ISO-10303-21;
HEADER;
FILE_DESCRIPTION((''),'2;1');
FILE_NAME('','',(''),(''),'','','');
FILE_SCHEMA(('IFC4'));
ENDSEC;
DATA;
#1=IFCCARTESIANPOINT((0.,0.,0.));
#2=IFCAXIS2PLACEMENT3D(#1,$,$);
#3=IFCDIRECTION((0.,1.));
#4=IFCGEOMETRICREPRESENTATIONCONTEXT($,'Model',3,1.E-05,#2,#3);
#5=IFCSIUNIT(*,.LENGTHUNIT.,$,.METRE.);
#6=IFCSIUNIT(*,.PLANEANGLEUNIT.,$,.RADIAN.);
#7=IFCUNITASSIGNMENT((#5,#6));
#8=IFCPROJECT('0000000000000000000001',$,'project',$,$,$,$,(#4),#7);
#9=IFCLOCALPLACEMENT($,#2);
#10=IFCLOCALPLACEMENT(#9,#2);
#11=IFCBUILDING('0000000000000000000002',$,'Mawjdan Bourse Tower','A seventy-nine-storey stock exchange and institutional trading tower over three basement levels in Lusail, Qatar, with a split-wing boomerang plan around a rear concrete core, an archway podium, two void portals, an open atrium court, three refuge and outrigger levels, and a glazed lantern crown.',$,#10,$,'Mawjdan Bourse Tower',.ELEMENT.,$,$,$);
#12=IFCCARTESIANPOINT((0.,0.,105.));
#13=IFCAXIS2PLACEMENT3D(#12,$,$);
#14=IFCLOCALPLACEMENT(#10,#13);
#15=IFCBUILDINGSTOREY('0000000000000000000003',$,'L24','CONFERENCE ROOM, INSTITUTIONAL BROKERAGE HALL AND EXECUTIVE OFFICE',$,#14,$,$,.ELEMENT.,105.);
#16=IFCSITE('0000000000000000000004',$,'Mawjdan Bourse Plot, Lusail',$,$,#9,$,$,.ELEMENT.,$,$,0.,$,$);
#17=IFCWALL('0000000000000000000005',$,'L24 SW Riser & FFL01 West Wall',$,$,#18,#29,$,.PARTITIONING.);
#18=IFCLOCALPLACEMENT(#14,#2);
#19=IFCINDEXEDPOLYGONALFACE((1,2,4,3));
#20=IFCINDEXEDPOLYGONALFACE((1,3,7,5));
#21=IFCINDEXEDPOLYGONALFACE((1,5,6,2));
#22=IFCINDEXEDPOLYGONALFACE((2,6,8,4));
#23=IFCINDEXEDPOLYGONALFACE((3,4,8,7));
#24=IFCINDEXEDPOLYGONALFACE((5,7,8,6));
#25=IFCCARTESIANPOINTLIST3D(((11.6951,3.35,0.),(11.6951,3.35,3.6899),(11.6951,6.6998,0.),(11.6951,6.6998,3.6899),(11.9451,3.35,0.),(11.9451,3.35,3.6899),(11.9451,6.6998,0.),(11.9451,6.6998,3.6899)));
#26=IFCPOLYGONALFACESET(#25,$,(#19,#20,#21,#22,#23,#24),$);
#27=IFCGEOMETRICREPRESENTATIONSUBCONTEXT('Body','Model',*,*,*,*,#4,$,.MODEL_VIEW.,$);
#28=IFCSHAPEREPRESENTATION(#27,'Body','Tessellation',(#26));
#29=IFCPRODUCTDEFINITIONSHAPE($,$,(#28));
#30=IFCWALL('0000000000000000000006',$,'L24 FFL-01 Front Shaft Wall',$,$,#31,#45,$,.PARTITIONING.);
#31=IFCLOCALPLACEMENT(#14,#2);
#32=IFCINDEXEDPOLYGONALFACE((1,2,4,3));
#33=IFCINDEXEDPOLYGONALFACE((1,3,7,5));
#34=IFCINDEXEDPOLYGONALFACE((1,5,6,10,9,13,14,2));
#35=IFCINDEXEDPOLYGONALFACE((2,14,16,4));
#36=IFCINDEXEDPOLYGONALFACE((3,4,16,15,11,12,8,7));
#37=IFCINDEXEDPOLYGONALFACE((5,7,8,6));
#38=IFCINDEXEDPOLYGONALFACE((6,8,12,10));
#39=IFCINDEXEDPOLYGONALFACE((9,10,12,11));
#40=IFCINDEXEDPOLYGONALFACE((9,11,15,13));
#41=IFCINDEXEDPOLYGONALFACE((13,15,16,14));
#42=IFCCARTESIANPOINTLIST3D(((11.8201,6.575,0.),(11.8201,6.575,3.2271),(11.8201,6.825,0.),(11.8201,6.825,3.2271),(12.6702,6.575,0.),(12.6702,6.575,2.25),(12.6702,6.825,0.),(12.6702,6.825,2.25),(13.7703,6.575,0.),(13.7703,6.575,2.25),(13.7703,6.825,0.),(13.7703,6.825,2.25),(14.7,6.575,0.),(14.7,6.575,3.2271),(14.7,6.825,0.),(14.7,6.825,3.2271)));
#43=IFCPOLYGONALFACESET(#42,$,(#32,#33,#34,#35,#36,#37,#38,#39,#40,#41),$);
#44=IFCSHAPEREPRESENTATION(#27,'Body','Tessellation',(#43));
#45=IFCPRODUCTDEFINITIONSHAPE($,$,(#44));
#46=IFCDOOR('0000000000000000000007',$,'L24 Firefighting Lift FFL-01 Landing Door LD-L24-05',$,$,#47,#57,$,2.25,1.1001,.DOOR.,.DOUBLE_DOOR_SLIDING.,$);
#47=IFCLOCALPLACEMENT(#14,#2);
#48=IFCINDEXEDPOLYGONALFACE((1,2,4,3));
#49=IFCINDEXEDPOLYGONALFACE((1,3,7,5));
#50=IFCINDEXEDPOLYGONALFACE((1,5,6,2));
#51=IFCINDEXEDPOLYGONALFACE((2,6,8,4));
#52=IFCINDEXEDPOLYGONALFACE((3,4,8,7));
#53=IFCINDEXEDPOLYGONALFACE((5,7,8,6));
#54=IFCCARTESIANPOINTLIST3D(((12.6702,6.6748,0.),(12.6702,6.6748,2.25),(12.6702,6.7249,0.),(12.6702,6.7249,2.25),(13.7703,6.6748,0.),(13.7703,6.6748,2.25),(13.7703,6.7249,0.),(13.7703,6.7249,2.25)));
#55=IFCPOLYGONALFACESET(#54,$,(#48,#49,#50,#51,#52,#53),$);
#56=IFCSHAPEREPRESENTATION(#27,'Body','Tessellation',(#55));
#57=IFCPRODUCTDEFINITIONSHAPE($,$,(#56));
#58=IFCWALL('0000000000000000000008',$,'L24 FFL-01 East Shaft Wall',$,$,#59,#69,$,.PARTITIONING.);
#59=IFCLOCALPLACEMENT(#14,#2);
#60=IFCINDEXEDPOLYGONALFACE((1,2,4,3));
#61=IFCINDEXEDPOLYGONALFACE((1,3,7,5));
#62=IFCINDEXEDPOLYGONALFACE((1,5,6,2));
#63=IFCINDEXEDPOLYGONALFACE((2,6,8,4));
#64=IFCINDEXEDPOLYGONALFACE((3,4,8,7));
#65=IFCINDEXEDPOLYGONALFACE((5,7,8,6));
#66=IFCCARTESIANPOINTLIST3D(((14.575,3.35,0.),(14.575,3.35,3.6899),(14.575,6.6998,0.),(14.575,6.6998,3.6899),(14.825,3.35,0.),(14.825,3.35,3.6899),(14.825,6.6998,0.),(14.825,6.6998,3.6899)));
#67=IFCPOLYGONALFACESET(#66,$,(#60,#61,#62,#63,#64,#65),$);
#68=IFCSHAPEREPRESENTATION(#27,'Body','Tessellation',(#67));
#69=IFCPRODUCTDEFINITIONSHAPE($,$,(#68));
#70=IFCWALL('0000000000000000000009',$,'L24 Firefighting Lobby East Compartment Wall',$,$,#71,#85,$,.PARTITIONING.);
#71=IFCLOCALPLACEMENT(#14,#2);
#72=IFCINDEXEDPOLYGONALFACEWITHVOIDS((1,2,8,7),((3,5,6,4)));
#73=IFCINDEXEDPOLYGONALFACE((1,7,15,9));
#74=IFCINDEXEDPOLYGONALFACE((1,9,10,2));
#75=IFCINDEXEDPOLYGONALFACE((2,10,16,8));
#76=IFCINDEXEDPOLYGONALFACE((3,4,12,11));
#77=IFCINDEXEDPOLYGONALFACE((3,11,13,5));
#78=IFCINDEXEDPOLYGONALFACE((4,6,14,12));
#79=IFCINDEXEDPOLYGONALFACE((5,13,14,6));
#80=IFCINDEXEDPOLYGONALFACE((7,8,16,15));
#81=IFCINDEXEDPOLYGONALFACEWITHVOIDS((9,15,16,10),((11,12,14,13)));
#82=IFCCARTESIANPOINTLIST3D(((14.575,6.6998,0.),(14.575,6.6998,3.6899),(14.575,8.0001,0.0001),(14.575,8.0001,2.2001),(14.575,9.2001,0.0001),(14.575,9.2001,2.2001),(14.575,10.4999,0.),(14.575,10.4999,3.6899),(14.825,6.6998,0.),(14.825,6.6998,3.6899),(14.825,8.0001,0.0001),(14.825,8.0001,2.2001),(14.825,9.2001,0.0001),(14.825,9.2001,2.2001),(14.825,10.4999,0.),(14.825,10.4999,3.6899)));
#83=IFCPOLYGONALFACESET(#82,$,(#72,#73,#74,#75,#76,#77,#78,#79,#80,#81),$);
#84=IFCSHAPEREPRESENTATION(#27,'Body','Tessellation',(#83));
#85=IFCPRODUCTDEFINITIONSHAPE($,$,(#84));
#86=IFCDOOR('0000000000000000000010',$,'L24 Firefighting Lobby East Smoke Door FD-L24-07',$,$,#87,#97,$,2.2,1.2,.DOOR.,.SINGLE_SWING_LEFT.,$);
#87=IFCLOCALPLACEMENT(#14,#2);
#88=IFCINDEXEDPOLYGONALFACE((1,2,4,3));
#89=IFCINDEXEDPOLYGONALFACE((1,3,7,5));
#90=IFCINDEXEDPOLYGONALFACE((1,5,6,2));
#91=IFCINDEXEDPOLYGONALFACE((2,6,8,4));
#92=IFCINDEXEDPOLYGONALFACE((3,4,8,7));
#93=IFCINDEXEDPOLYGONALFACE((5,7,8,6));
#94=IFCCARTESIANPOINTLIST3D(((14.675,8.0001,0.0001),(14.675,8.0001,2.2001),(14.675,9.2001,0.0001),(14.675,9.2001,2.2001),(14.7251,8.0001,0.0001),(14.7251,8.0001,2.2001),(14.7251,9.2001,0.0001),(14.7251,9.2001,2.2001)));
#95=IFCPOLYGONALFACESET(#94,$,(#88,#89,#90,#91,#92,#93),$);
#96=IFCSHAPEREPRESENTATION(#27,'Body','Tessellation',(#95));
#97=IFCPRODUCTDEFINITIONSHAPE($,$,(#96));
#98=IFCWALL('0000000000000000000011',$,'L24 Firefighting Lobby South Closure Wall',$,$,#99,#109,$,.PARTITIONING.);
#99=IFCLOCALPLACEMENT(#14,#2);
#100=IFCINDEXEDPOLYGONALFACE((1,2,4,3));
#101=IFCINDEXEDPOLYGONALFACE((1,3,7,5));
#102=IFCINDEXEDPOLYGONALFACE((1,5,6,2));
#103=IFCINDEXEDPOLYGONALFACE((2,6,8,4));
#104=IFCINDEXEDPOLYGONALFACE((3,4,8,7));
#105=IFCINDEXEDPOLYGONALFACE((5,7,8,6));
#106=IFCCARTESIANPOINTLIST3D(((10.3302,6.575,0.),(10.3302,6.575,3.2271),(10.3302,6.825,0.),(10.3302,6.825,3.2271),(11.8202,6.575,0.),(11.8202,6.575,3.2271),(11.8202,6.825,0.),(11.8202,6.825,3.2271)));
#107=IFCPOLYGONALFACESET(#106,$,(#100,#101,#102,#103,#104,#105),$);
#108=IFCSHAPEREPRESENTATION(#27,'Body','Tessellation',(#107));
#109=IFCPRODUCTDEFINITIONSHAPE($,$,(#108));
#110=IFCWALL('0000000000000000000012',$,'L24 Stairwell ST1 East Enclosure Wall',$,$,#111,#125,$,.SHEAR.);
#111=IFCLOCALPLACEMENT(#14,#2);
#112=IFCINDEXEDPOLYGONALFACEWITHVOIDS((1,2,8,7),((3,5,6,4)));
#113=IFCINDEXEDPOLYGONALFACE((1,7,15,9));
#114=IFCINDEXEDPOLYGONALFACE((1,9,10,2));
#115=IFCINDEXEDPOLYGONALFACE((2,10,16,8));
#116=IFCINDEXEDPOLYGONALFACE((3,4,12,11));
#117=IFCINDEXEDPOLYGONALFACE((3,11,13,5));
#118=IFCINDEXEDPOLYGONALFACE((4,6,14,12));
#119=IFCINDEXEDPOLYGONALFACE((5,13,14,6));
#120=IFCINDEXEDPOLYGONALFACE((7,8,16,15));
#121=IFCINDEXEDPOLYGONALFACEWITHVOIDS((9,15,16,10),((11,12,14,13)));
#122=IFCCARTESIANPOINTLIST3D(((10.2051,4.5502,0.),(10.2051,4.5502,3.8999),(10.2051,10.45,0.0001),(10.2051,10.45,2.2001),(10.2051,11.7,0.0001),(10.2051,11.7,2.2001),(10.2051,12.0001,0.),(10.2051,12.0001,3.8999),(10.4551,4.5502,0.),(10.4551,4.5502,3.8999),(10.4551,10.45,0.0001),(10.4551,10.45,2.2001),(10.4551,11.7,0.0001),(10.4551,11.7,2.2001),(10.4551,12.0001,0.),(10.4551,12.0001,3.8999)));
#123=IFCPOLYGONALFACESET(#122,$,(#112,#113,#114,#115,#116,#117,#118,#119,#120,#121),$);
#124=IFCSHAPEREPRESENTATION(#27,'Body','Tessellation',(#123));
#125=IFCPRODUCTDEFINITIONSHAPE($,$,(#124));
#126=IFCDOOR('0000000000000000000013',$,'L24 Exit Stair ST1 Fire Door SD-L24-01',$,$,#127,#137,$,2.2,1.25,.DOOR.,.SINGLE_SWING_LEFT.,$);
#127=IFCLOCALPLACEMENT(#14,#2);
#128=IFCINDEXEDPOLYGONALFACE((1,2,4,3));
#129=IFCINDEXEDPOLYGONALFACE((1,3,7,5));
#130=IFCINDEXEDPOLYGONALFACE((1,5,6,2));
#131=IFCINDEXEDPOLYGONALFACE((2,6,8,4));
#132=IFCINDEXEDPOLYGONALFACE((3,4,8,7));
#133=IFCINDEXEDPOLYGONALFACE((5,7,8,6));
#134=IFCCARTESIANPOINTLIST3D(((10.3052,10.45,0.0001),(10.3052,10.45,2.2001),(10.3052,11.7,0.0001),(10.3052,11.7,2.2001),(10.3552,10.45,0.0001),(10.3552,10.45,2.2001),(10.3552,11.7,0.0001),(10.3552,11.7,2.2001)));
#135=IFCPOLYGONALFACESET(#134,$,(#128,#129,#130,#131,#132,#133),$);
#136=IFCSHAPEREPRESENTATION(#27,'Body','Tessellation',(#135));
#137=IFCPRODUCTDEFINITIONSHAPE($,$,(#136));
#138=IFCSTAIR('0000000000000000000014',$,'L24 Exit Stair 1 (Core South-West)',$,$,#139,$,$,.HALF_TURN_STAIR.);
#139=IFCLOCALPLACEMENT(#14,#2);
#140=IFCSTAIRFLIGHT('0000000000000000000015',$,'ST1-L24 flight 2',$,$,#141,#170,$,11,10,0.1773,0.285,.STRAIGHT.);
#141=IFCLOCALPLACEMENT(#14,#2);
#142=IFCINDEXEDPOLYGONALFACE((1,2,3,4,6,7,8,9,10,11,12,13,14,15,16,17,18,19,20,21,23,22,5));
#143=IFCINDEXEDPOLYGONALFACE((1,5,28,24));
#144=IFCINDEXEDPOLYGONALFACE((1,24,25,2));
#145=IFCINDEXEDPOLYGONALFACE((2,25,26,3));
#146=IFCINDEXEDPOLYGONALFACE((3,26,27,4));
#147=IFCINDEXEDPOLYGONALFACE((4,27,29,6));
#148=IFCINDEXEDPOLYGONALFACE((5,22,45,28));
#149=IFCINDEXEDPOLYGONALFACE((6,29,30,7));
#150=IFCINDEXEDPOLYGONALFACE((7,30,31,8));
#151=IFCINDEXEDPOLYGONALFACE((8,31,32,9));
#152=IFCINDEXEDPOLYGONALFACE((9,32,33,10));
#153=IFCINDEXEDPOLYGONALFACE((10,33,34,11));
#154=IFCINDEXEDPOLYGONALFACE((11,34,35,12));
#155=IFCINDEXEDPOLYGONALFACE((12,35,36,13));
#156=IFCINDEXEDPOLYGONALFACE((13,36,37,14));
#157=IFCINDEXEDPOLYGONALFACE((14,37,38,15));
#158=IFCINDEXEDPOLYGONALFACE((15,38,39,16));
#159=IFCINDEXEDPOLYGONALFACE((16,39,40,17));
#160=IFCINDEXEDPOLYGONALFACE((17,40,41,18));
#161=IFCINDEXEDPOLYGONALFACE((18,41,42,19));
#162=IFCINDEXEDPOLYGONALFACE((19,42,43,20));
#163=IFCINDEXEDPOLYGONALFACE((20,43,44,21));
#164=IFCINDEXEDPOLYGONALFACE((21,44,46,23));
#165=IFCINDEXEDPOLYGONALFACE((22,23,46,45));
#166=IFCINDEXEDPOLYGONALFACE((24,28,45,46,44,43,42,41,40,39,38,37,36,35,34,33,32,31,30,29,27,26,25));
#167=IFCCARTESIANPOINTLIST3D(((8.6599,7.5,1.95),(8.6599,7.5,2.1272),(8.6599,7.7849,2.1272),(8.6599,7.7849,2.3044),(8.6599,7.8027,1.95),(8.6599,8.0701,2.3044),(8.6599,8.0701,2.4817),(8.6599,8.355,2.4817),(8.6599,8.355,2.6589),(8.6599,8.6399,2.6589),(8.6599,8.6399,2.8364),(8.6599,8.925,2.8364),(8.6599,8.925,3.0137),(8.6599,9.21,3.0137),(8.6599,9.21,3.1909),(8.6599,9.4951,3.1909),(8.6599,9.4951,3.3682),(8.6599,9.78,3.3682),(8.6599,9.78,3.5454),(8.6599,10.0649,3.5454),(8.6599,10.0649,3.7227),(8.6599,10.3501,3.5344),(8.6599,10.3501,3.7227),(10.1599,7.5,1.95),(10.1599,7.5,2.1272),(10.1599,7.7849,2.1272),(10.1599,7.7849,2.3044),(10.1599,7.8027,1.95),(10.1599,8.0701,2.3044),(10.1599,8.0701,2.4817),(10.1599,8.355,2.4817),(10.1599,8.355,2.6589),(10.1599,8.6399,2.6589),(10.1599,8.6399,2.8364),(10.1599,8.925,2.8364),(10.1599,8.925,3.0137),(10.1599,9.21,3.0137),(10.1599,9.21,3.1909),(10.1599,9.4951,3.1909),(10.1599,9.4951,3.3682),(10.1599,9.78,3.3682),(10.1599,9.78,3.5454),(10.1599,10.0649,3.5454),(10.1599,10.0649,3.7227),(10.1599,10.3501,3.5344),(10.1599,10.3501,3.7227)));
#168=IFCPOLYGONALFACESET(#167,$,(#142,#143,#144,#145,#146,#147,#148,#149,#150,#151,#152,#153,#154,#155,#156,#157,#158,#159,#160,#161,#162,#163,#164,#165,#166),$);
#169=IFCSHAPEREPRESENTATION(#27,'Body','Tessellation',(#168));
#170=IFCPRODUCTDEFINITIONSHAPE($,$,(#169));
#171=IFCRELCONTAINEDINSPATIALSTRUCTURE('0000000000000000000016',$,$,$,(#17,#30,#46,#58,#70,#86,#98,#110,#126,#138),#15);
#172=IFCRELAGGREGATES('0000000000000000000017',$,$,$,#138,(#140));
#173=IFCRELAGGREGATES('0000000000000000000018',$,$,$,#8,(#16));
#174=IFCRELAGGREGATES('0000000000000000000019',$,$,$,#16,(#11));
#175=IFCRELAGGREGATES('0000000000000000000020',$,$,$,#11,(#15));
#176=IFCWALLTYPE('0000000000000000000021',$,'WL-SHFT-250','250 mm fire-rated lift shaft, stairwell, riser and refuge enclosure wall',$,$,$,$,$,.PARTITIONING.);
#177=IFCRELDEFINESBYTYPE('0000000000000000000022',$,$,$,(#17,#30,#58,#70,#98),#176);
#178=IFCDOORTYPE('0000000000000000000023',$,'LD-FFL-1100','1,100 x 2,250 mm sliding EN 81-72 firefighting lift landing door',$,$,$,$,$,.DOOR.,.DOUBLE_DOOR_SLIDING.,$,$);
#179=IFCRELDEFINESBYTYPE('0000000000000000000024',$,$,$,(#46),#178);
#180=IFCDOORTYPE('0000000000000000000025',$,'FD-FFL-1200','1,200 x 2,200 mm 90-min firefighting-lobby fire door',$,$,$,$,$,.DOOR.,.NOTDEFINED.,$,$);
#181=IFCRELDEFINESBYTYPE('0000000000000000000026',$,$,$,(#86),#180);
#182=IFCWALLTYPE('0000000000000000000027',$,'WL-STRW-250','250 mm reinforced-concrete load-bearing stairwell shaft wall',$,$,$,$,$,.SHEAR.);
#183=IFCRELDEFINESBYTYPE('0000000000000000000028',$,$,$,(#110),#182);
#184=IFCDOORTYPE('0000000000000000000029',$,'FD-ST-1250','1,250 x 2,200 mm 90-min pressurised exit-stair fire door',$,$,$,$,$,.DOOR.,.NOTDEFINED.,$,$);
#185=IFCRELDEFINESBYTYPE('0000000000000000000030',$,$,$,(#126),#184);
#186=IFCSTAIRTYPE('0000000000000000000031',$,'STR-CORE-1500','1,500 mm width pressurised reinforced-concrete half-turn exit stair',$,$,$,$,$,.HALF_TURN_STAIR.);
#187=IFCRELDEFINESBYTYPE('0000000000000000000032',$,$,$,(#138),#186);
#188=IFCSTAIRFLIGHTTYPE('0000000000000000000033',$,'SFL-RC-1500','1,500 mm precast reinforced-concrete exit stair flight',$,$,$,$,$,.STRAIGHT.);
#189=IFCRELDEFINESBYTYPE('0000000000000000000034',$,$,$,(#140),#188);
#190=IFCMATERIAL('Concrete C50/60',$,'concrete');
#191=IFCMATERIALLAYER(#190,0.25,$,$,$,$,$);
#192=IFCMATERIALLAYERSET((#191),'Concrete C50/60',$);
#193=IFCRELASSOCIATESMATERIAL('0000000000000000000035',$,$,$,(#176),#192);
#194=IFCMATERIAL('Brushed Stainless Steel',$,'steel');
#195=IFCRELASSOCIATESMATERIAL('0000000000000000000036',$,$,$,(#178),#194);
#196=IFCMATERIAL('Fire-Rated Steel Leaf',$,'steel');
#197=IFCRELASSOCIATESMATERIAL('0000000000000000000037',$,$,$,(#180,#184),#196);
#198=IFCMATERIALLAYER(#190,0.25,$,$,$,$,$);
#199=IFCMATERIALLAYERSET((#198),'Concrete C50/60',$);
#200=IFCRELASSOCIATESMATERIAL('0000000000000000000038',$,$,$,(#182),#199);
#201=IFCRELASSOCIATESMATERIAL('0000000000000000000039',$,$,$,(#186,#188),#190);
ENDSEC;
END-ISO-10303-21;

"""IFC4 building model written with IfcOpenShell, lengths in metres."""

from ifc_helpers import new_model, si_unit, direction, frame, frame_2d, origin, place, context, subcontext, project, spatial, polyline, rectangle, outline, extrude, material, layer, layer_set, type_object, element, fill, aggregate, save


model = new_model("IFC4")

# Units and contexts
model_context = context("Model", 3, precision=1e-05, world=origin(), true_north=direction((0.0, 1.0)))
body_context = subcontext(model_context, "Body", "Model", "MODEL_VIEW")
ifc_project = project(units=[si_unit("LENGTHUNIT", "METRE"), si_unit("PLANEANGLEUNIT", "RADIAN")], contexts=[model_context])

# Site, building, storey
site_placement = place(None, origin())
site = spatial("IfcSite", under=ifc_project, at=site_placement, Name="Mawjdan Bourse Plot, Lusail", CompositionType="ELEMENT", RefElevation=0.0)
building_placement = place(site_placement, origin())
building = spatial("IfcBuilding", under=site, at=building_placement, Name="Mawjdan Bourse Tower", Description="A seventy-nine-storey stock exchange and institutional trading tower over three basement levels in Lusail, Qatar, with a split-wing boomerang plan around a rear concrete core, an archway podium, two void portals, an open atrium court, three refuge and outrigger levels, and a glazed lantern crown.", LongName="Mawjdan Bourse Tower", CompositionType="ELEMENT")
storey_placement = place(building_placement, frame((0.0, 0.0, 105.0)))
storey = spatial("IfcBuildingStorey", under=building, at=storey_placement, Name="L24", Description="CONFERENCE ROOM, INSTITUTIONAL BROKERAGE HALL AND EXECUTIVE OFFICE", CompositionType="ELEMENT", Elevation=105.0)

# Shared definitions
ifc_material_1 = material(Name="Concrete C50/60", Category="concrete")
ifc_layer_1 = layer(ifc_material_1, 0.25)
ifc_layer_set_1 = layer_set([ifc_layer_1], Name="Concrete C50/60")
wall_type_1 = type_object("IfcWallType", Name="WL-SHFT-250", Description="250 mm fire-rated lift shaft, stairwell, riser and refuge enclosure wall", PredefinedType="PARTITIONING", material=ifc_layer_set_1)

# Wall
wall_1_placement = place(storey_placement, frame((11.8201, 3.3501, 0.0), z_axis=(0.0, 0.0, 1.0), x_axis=(0.0, 1.0, 0.0)))
element("IfcWall", 1, at=wall_1_placement, inside=storey, type_object=wall_type_1, Name="L24 SW Riser & FFL01 West Wall", PredefinedType="PARTITIONING", context=body_context, shape_type="SweptSolid", body=[
    extrude(rectangle(XDim=3.3499, YDim=0.25, at=frame_2d((1.6748, 0.0))), origin(), (0.0, 0.0, 1.0), 3.6899),
])

# Wall, opening, door
wall_2_placement = place(storey_placement, frame((11.8201, 6.7, 0.0), z_axis=(0.0, 0.0, 1.0), x_axis=(1.0, 0.0, 0.0)))
wall_2 = element("IfcWall", 2, at=wall_2_placement, inside=storey, type_object=wall_type_1, Name="L24 FFL-01 Front Shaft Wall", PredefinedType="PARTITIONING", context=body_context, shape_type="SweptSolid", body=[
    extrude(rectangle(XDim=2.8799, YDim=0.25, at=frame_2d((1.4399, 0.0))), origin(), (0.0, 0.0, 1.0), 3.2271),
])
opening_1_placement = place(wall_2_placement, frame((0.8501, 0.0, 0.0)))
opening_1 = element("IfcOpeningElement", 3, at=opening_1_placement, cuts=wall_2, PredefinedType="OPENING", context=body_context, shape_type="SweptSolid", body=[
    extrude(rectangle(XDim=1.1001, YDim=2.25, at=frame_2d((0.55, 1.125))), frame((0.0, 0.135, 0.0), z_axis=(0.0, -1.0, 0.0), x_axis=(1.0, 0.0, 0.0)), (0.0, 0.0, 1.0), 0.27),
])
ifc_material_2 = material(Name="Brushed Stainless Steel", Category="steel")
door_type_1 = type_object("IfcDoorType", Name="LD-FFL-1100", Description="1,100 x 2,250 mm sliding EN 81-72 firefighting lift landing door", OperationType="DOUBLE_DOOR_SLIDING", PredefinedType="DOOR", material=ifc_material_2)
door_1_placement = place(opening_1_placement, origin())
door_1 = element("IfcDoor", 4, at=door_1_placement, inside=storey, type_object=door_type_1, Name="L24 Firefighting Lift FFL-01 Landing Door LD-L24-05", OperationType="DOUBLE_DOOR_SLIDING", OverallHeight=2.25, OverallWidth=1.1001, PredefinedType="DOOR", context=body_context, shape_type="SweptSolid", body=[
    extrude(rectangle(XDim=1.1001, YDim=2.25, at=frame_2d((0.55, 1.125))), frame((0.0, 0.0249, 0.0), z_axis=(0.0, -1.0, 0.0), x_axis=(1.0, 0.0, 0.0)), (0.0, 0.0, 1.0), 0.05),
])
fill(opening_1, door_1)

# Wall
wall_3_placement = place(storey_placement, frame((14.7, 3.3501, 0.0), z_axis=(0.0, 0.0, 1.0), x_axis=(0.0, 1.0, 0.0)))
element("IfcWall", 5, at=wall_3_placement, inside=storey, type_object=wall_type_1, Name="L24 FFL-01 East Shaft Wall", PredefinedType="PARTITIONING", context=body_context, shape_type="SweptSolid", body=[
    extrude(rectangle(XDim=3.3499, YDim=0.25, at=frame_2d((1.6748, 0.0))), origin(), (0.0, 0.0, 1.0), 3.6899),
])

# Wall, opening, door
wall_4_placement = place(storey_placement, frame((14.7, 6.7, 0.0), z_axis=(0.0, 0.0, 1.0), x_axis=(0.0, 1.0, 0.0)))
wall_4 = element("IfcWall", 6, at=wall_4_placement, inside=storey, type_object=wall_type_1, Name="L24 Firefighting Lobby East Compartment Wall", PredefinedType="PARTITIONING", context=body_context, shape_type="SweptSolid", body=[
    extrude(rectangle(XDim=3.8, YDim=0.25, at=frame_2d((1.8999, 0.0))), origin(), (0.0, 0.0, 1.0), 3.6899),
])
opening_2_placement = place(wall_4_placement, frame((1.3, 0.0, 0.0)))
opening_2 = element("IfcOpeningElement", 7, at=opening_2_placement, cuts=wall_4, PredefinedType="OPENING", context=body_context, shape_type="SweptSolid", body=[
    extrude(rectangle(XDim=1.2, YDim=2.2, at=frame_2d((0.6001, 1.1001))), frame((0.0, 0.135, 0.0), z_axis=(0.0, -1.0, 0.0), x_axis=(1.0, 0.0, 0.0)), (0.0, 0.0, 1.0), 0.27),
])
ifc_material_3 = material(Name="Fire-Rated Steel Leaf", Category="steel")
door_type_2 = type_object("IfcDoorType", Name="FD-FFL-1200", Description="1,200 x 2,200 mm 90-min firefighting-lobby fire door", OperationType="NOTDEFINED", PredefinedType="DOOR", material=ifc_material_3)
door_2_placement = place(opening_2_placement, origin())
door_2 = element("IfcDoor", 8, at=door_2_placement, inside=storey, type_object=door_type_2, Name="L24 Firefighting Lobby East Smoke Door FD-L24-07", OperationType="SINGLE_SWING_LEFT", OverallHeight=2.2, OverallWidth=1.2, PredefinedType="DOOR", context=body_context, shape_type="SweptSolid", body=[
    extrude(rectangle(XDim=1.2, YDim=2.2, at=frame_2d((0.6001, 1.1001))), frame((0.0, 0.0249, 0.0), z_axis=(0.0, -1.0, 0.0), x_axis=(1.0, 0.0, 0.0)), (0.0, 0.0, 1.0), 0.05),
])
fill(opening_2, door_2)

# Wall
wall_5_placement = place(storey_placement, frame((10.3301, 6.7, 0.0), z_axis=(0.0, 0.0, 1.0), x_axis=(1.0, 0.0, 0.0)))
element("IfcWall", 9, at=wall_5_placement, inside=storey, type_object=wall_type_1, Name="L24 Firefighting Lobby South Closure Wall", PredefinedType="PARTITIONING", context=body_context, shape_type="SweptSolid", body=[
    extrude(rectangle(XDim=1.49, YDim=0.25, at=frame_2d((0.7451, 0.0))), origin(), (0.0, 0.0, 1.0), 3.2271),
])

# Wall, opening, door
ifc_layer_2 = layer(ifc_material_1, 0.25)
ifc_layer_set_2 = layer_set([ifc_layer_2], Name="Concrete C50/60")
wall_type_2 = type_object("IfcWallType", Name="WL-STRW-250", Description="250 mm reinforced-concrete load-bearing stairwell shaft wall", PredefinedType="SHEAR", material=ifc_layer_set_2)
wall_6_placement = place(storey_placement, frame((10.3301, 4.55, 0.0), z_axis=(0.0, 0.0, 1.0), x_axis=(0.0, 1.0, 0.0)))
wall_6 = element("IfcWall", 10, at=wall_6_placement, inside=storey, type_object=wall_type_2, Name="L24 Stairwell ST1 East Enclosure Wall", PredefinedType="SHEAR", context=body_context, shape_type="SweptSolid", body=[
    extrude(rectangle(XDim=7.45, YDim=0.25, at=frame_2d((3.7251, 0.0))), origin(), (0.0, 0.0, 1.0), 3.8999),
])
opening_3_placement = place(wall_6_placement, frame((5.8999, 0.0, 0.0)))
opening_3 = element("IfcOpeningElement", 11, at=opening_3_placement, cuts=wall_6, PredefinedType="OPENING", context=body_context, shape_type="SweptSolid", body=[
    extrude(rectangle(XDim=1.25, YDim=2.2, at=frame_2d((0.625, 1.1001))), frame((0.0, 0.135, 0.0), z_axis=(0.0, -1.0, 0.0), x_axis=(1.0, 0.0, 0.0)), (0.0, 0.0, 1.0), 0.27),
])
door_type_3 = type_object("IfcDoorType", Name="FD-ST-1250", Description="1,250 x 2,200 mm 90-min pressurised exit-stair fire door", OperationType="NOTDEFINED", PredefinedType="DOOR", material=ifc_material_3)
door_3_placement = place(opening_3_placement, origin())
door_3 = element("IfcDoor", 12, at=door_3_placement, inside=storey, type_object=door_type_3, Name="L24 Exit Stair ST1 Fire Door SD-L24-01", OperationType="SINGLE_SWING_LEFT", OverallHeight=2.2, OverallWidth=1.25, PredefinedType="DOOR", context=body_context, shape_type="SweptSolid", body=[
    extrude(rectangle(XDim=1.25, YDim=2.2, at=frame_2d((0.625, 1.1001))), frame((0.0, 0.0249, 0.0), z_axis=(0.0, -1.0, 0.0), x_axis=(1.0, 0.0, 0.0)), (0.0, 0.0, 1.0), 0.05),
])
fill(opening_3, door_3)

# Stair, stair flight
stair_type = type_object("IfcStairType", Name="STR-CORE-1500", Description="1,500 mm width pressurised reinforced-concrete half-turn exit stair", PredefinedType="HALF_TURN_STAIR", material=ifc_material_1)
stair_placement = place(storey_placement, origin())
stair = element("IfcStair", 13, at=stair_placement, inside=storey, type_object=stair_type, Name="L24 Exit Stair 1 (Core South-West)", PredefinedType="HALF_TURN_STAIR")
stair_flight_type = type_object("IfcStairFlightType", Name="SFL-RC-1500", Description="1,500 mm precast reinforced-concrete exit stair flight", PredefinedType="STRAIGHT", material=ifc_material_1)
stair_flight_placement = place(storey_placement, frame((9.4099, 7.5, 1.95), z_axis=(0.0, 0.0, 1.0), x_axis=(0.0, 1.0, 0.0)))
stair_flight = element("IfcStairFlight", 14, at=stair_flight_placement, type_object=stair_flight_type, Name="ST1-L24 flight 2", NumberOfRisers=11, NumberOfTreads=10, PredefinedType="STRAIGHT", RiserHeight=0.1773, TreadLength=0.285, context=body_context, shape_type="SweptSolid", body=[
    extrude(outline(polyline([(0.0, 0.0), (0.0, 0.1772), (0.2849, 0.1772), (0.2849, 0.3545), (0.5701, 0.3545), (0.5701, 0.5317), (0.855, 0.5317), (0.855, 0.709), (1.1399, 0.709), (1.1399, 0.8865), (1.425, 0.8865), (1.425, 1.0637), (1.71, 1.0637), (1.71, 1.241), (1.9951, 1.241), (1.9951, 1.4182), (2.28, 1.4182), (2.28, 1.5955), (2.5649, 1.5955), (2.5649, 1.7727), (2.8501, 1.7727), (2.8501, 1.95), (2.8501, 1.5845), (0.3027, 0.0), (0.0, 0.0)])), frame((0.0, 0.75, 0.0), z_axis=(0.0, -1.0, 0.0), x_axis=(1.0, 0.0, 0.0)), (0.0, 0.0, 1.0), 1.5),
])
aggregate(stair, [stair_flight])

save(model, "model.ifc")
